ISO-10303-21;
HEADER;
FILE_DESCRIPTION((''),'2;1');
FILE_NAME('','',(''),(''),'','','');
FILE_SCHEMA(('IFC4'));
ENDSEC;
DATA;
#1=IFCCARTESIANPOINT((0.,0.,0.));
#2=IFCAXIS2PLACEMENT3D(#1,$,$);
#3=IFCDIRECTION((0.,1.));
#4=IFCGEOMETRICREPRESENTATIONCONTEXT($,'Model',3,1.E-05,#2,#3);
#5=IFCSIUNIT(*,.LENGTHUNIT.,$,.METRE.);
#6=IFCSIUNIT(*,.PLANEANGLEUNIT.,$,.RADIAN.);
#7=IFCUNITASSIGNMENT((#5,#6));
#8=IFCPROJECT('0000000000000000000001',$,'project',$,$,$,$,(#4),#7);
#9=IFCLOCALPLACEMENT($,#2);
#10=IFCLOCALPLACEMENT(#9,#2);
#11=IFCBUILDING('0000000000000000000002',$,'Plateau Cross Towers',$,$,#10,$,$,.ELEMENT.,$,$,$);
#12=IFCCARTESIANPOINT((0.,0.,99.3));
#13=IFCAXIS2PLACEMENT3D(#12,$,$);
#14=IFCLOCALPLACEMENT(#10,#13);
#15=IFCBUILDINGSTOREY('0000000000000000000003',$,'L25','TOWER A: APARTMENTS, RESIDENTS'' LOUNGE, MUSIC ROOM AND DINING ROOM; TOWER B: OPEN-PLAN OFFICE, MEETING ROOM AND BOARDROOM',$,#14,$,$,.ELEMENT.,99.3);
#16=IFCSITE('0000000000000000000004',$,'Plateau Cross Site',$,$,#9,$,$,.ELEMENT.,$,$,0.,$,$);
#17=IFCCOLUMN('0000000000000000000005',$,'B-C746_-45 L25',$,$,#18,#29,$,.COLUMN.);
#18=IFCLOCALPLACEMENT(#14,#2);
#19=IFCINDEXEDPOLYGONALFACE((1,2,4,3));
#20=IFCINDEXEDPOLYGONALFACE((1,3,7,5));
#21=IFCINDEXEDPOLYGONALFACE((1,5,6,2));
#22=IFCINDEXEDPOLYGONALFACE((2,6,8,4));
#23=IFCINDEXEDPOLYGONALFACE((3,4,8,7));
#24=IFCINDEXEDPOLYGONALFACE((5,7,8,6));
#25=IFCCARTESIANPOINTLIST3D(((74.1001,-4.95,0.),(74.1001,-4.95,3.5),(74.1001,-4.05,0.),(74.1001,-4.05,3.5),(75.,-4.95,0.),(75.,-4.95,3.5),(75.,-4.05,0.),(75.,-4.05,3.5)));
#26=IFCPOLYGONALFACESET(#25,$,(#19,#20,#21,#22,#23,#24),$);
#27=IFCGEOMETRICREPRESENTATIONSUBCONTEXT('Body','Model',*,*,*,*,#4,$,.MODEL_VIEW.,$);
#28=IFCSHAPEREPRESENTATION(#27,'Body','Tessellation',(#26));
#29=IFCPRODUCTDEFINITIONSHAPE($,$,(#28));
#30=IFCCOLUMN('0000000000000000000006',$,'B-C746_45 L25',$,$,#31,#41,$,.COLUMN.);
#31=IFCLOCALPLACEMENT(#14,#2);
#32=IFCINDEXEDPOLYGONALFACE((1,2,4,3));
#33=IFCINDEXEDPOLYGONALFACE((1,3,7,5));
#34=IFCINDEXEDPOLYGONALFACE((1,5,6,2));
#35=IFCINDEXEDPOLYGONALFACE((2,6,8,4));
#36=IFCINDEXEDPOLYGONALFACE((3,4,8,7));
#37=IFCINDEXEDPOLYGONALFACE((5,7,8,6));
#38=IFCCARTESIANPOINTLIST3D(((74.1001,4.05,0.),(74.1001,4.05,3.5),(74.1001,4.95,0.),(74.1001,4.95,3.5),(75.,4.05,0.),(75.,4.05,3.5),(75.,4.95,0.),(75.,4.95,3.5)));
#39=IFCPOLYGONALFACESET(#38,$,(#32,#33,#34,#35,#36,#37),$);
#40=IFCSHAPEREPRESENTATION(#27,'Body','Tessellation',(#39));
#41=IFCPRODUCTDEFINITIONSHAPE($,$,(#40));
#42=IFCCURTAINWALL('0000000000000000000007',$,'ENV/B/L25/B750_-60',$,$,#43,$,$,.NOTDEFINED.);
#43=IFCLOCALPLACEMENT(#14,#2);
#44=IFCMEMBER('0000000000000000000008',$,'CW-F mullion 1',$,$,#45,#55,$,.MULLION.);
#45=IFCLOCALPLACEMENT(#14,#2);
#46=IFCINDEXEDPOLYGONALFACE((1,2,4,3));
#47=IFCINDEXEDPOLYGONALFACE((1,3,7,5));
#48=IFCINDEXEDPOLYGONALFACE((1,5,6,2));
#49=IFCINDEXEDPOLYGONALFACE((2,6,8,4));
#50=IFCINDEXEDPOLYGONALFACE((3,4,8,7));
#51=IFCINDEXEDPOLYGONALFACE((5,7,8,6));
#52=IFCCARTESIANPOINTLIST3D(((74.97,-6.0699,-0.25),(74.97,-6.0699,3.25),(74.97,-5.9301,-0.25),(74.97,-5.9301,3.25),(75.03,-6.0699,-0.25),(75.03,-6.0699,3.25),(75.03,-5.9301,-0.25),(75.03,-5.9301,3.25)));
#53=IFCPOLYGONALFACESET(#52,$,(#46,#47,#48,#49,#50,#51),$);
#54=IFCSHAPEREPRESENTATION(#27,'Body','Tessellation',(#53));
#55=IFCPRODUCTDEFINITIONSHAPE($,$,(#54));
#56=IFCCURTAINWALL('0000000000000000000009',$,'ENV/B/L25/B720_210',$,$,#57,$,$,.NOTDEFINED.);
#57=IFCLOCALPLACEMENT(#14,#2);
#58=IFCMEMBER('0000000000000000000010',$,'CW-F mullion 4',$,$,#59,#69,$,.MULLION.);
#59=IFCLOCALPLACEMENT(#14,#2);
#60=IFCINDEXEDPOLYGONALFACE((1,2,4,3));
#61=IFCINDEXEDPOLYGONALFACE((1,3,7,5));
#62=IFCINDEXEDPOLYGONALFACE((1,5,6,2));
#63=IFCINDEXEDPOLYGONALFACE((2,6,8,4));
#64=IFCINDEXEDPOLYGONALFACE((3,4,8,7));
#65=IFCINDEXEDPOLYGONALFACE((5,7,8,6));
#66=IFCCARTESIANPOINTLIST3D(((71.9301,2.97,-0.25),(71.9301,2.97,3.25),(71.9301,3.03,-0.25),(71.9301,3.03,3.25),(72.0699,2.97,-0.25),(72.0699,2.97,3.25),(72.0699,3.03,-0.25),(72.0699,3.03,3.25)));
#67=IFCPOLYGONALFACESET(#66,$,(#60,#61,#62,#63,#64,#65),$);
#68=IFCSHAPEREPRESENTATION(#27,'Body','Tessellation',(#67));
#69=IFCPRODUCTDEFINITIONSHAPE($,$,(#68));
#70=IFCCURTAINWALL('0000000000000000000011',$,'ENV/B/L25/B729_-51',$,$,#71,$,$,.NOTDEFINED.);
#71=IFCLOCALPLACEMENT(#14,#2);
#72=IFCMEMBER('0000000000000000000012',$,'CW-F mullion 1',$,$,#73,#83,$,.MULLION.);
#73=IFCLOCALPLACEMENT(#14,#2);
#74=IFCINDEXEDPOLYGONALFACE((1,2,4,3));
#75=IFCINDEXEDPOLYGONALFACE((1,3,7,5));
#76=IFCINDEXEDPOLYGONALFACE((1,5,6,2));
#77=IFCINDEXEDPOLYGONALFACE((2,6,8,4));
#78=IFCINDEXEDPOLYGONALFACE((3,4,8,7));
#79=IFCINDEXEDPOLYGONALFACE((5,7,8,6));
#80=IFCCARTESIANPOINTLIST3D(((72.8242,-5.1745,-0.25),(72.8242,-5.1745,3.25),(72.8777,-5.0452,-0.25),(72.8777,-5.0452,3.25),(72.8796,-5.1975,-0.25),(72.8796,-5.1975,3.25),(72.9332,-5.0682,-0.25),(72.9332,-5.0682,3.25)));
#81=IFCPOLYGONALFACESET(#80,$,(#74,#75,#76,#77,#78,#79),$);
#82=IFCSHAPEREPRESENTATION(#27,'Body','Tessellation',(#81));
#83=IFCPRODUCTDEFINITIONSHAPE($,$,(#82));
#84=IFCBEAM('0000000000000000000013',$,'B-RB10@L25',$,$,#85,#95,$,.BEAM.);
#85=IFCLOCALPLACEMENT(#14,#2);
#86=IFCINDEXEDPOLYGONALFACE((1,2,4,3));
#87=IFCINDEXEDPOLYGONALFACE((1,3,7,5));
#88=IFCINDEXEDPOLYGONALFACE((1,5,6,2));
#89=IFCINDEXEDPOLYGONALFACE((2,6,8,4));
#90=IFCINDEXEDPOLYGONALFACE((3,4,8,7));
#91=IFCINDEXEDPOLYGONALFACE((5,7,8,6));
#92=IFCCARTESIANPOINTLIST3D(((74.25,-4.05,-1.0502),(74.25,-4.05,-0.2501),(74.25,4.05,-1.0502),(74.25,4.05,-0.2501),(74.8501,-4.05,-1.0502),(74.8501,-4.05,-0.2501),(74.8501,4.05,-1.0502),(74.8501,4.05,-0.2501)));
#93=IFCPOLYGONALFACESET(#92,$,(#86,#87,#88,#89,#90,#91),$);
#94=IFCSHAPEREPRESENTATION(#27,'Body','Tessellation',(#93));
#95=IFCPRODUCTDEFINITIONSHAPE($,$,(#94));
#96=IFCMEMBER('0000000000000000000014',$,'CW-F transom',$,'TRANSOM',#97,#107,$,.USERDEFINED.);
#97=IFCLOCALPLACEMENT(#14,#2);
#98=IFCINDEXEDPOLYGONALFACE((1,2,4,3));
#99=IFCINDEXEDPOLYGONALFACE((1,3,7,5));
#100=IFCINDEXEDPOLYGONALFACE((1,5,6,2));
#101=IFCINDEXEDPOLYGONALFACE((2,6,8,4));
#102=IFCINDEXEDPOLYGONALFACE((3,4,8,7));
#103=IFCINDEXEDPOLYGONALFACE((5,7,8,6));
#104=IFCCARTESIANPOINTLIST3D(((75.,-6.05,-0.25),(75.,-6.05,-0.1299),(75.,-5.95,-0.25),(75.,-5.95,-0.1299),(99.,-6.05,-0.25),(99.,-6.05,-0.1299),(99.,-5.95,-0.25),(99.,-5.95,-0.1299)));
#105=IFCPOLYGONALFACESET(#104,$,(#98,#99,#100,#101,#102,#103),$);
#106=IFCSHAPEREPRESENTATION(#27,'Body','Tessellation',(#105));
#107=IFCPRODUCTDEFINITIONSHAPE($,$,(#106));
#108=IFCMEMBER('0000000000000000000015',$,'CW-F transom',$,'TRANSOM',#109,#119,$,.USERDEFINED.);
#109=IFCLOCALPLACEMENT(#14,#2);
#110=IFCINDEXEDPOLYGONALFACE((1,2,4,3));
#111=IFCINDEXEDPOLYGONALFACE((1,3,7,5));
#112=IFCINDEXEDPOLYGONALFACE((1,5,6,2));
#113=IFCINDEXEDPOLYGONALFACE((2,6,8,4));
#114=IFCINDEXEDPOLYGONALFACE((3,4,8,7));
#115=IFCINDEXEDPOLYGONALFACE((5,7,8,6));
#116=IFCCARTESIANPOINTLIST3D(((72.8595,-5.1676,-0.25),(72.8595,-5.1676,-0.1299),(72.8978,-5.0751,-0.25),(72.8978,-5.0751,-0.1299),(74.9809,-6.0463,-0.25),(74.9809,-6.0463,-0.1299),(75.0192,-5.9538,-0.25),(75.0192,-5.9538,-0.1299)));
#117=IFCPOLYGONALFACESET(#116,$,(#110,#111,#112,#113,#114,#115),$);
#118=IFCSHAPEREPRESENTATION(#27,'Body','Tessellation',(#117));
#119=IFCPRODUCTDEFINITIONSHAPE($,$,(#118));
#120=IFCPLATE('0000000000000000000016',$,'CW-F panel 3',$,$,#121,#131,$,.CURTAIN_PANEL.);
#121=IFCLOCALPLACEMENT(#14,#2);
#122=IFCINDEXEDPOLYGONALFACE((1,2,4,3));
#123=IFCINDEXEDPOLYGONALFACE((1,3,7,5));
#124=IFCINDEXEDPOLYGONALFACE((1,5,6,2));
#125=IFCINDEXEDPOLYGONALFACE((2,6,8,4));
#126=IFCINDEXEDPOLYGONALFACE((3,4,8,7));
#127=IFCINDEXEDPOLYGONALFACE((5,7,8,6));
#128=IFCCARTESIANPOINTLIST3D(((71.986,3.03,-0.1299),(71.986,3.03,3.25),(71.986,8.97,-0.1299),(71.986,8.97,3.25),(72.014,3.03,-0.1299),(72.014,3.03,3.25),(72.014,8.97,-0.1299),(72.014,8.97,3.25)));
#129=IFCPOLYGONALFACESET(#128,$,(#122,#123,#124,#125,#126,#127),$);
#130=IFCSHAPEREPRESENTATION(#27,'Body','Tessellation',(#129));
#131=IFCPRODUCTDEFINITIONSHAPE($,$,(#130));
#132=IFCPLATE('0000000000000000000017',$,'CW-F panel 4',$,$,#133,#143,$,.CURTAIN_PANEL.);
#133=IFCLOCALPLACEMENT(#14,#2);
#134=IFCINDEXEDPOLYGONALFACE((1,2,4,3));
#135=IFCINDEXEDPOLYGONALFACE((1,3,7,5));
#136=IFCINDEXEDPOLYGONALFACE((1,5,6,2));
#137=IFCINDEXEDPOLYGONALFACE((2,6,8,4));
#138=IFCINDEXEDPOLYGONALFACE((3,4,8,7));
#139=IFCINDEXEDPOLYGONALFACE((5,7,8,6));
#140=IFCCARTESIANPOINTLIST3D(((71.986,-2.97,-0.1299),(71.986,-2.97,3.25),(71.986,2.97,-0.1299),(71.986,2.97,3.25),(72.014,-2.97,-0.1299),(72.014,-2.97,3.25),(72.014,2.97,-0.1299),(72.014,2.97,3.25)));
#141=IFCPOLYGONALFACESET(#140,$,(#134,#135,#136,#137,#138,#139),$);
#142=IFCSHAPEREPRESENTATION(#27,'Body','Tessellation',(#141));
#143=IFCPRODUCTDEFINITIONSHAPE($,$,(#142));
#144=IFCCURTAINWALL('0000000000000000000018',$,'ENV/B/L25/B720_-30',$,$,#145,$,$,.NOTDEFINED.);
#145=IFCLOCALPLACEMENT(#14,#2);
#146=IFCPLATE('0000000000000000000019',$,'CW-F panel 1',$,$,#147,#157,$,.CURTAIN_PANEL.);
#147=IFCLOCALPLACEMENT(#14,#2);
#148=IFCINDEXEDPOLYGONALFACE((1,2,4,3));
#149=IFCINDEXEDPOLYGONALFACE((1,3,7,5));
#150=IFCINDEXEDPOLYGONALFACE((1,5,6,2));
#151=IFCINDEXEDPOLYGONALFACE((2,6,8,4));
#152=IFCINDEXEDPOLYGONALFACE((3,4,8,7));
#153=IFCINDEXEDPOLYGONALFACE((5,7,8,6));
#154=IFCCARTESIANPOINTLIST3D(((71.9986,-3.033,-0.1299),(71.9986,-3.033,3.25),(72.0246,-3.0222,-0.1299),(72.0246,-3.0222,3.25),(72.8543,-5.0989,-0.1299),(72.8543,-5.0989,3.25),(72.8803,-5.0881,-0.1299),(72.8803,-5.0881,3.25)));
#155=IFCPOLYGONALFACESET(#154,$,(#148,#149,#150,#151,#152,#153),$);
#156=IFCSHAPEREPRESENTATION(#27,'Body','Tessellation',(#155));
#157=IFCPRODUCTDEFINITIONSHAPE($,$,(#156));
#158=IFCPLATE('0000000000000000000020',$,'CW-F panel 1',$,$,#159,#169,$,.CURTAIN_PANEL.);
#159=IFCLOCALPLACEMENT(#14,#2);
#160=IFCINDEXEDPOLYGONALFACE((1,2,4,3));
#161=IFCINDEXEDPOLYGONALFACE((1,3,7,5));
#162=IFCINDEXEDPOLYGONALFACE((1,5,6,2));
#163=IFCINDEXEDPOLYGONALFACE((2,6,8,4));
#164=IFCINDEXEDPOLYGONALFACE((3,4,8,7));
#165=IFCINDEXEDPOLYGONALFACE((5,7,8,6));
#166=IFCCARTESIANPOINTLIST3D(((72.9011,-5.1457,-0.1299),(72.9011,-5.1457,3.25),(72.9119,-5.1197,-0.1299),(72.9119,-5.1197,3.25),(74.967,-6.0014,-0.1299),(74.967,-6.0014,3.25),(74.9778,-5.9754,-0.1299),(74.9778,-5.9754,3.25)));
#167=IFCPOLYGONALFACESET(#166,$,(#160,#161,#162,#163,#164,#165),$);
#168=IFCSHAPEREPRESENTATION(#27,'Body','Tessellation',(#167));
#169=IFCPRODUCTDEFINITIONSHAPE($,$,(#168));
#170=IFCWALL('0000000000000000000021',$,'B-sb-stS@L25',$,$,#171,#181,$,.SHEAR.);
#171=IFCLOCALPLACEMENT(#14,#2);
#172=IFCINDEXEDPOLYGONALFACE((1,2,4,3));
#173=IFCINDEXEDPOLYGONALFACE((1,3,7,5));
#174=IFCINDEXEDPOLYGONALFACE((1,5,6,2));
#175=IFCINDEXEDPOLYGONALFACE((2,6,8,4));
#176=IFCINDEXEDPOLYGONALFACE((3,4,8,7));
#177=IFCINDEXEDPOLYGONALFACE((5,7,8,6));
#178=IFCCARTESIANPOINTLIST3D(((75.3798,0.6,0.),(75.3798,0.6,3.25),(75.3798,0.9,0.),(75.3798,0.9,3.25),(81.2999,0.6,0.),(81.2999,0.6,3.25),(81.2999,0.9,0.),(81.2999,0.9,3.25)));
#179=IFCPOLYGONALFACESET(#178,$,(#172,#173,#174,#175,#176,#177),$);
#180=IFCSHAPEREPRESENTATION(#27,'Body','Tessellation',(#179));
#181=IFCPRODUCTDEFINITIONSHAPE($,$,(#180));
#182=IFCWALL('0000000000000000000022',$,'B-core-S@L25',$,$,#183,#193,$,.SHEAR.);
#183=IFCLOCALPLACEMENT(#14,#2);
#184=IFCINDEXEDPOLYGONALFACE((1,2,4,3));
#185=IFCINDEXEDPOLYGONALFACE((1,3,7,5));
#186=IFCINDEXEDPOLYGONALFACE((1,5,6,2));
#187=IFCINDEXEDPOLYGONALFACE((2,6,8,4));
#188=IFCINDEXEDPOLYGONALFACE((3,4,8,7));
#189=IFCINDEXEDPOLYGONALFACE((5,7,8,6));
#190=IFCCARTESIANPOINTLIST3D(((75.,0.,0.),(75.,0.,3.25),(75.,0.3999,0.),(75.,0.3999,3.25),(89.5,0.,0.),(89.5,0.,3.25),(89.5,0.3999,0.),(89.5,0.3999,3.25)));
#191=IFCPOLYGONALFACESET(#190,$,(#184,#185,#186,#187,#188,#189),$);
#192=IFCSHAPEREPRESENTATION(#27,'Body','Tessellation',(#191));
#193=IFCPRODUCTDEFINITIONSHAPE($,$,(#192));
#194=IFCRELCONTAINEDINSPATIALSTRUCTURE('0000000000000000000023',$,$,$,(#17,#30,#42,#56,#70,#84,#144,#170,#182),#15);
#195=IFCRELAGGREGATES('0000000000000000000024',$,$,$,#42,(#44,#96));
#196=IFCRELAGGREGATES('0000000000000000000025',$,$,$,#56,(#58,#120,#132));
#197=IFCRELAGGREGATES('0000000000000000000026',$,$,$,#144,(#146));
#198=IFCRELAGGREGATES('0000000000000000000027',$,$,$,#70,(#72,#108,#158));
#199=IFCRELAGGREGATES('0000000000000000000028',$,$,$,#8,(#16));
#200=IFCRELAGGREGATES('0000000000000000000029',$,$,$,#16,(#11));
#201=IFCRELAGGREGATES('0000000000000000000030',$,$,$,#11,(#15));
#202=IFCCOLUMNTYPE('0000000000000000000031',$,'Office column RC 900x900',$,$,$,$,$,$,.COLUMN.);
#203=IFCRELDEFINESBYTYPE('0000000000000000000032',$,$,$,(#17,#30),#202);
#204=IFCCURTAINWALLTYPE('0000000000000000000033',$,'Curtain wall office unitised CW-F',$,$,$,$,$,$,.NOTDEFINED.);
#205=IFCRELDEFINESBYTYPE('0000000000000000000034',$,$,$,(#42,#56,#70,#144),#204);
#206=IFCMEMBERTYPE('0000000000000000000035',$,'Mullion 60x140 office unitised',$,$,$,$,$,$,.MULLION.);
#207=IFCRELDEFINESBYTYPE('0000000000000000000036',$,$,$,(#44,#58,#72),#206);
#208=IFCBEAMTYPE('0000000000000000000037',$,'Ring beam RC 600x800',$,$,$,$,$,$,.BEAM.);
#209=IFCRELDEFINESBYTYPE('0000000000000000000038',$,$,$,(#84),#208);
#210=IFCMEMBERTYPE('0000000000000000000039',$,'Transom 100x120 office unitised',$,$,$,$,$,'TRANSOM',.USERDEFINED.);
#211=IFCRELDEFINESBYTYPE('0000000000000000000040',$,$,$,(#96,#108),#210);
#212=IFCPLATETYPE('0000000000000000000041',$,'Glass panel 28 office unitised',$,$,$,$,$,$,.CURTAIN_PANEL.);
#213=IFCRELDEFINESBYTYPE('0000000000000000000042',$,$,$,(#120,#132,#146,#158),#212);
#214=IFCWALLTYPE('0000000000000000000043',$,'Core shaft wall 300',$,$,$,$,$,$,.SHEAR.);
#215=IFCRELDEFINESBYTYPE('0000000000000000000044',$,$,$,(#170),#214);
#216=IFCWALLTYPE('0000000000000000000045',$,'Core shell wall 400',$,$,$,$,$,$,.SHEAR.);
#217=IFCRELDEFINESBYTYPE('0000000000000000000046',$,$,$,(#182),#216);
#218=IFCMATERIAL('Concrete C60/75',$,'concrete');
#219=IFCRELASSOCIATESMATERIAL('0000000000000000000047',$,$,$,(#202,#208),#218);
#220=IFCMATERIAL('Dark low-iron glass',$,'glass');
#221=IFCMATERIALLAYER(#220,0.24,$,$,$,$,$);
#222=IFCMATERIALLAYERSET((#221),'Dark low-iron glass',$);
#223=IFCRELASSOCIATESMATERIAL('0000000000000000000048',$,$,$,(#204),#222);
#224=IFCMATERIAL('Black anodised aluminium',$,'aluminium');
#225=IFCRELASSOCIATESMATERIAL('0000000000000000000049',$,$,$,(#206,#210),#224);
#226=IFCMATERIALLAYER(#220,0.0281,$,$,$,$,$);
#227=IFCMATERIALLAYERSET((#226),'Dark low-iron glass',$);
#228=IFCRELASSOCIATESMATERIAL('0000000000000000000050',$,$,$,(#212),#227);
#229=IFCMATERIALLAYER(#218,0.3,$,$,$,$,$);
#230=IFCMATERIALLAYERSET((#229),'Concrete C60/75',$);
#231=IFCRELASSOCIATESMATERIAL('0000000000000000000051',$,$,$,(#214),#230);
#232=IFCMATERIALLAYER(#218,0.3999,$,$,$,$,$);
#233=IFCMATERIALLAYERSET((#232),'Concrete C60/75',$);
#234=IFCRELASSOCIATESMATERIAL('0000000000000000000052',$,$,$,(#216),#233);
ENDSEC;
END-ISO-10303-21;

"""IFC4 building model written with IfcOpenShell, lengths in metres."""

from ifc_helpers import new_model, si_unit, direction, frame, frame_2d, origin, origin_2d, place, context, subcontext, project, spatial, rectangle, extrude, material, layer, layer_set, material_profile, profile_set, type_object, element, aggregate, save


model = new_model("IFC4")

# Units and contexts
model_context = context("Model", 3, precision=1e-05, world=origin(), true_north=direction((0.0, 1.0)))
body_context = subcontext(model_context, "Body", "Model", "MODEL_VIEW")
ifc_project = project(units=[si_unit("LENGTHUNIT", "METRE"), si_unit("PLANEANGLEUNIT", "RADIAN")], contexts=[model_context])

# Site, building, storey
site_placement = place(None, origin())
site = spatial("IfcSite", under=ifc_project, at=site_placement, Name="Plateau Cross Site", CompositionType="ELEMENT", RefElevation=0.0)
building_placement = place(site_placement, origin())
building = spatial("IfcBuilding", under=site, at=building_placement, Name="Plateau Cross Towers", CompositionType="ELEMENT")
storey_placement = place(building_placement, frame((0.0, 0.0, 99.3)))
storey = spatial("IfcBuildingStorey", under=building, at=storey_placement, Name="L25", Description="TOWER A: APARTMENTS, RESIDENTS' LOUNGE, MUSIC ROOM AND DINING ROOM; TOWER B: OPEN-PLAN OFFICE, MEETING ROOM AND BOARDROOM", CompositionType="ELEMENT", Elevation=99.3)

# Columns
ifc_material_1 = material(Name="Concrete C60/75", Category="concrete")
ifc_material_profile_1 = material_profile(ifc_material_1, rectangle(XDim=0.8999, YDim=0.8999, at=origin_2d()), Name="RC 900x900")
ifc_profile_set_1 = profile_set([ifc_material_profile_1], Name="Concrete C60/75")
column_type = type_object("IfcColumnType", Name="Office column RC 900x900", PredefinedType="COLUMN", material=ifc_profile_set_1)
for number, where, z_axis, x_axis, name in (
    (1, (74.55, -4.5, 0.0), (0.0, 0.0, 1.0), (1.0, 0.0, 0.0), "B-C746_-45 L25"),
    (2, (74.55, 4.5, 0.0), (0.0, 0.0, 1.0), (1.0, 0.0, 0.0), "B-C746_45 L25"),
):
    element("IfcColumn", number, at=place(storey_placement, frame(where, z_axis=z_axis, x_axis=x_axis)), inside=storey, type_object=column_type, Name=name, PredefinedType="COLUMN", context=body_context, shape_type="SweptSolid", body=[
        extrude(rectangle(XDim=0.8999, YDim=0.8999, at=origin_2d()), origin(), (0.0, 0.0, 1.0), 3.5),
    ])

# Curtain walls, members
ifc_material_2 = material(Name="Dark low-iron glass", Category="glass")
ifc_layer_1 = layer(ifc_material_2, 0.24)
ifc_layer_set_1 = layer_set([ifc_layer_1], Name="Dark low-iron glass")
curtain_wall_type = type_object("IfcCurtainWallType", Name="Curtain wall office unitised CW-F", PredefinedType="NOTDEFINED", material=ifc_layer_set_1)
curtain_wall_1_placement = place(storey_placement, origin())
curtain_wall_1 = element("IfcCurtainWall", 3, at=curtain_wall_1_placement, inside=storey, type_object=curtain_wall_type, Name="ENV/B/L25/B750_-60", PredefinedType="NOTDEFINED")
ifc_material_3 = material(Name="Black anodised aluminium", Category="aluminium")
ifc_material_profile_2 = material_profile(ifc_material_3, rectangle(XDim=0.0601, YDim=0.1399, at=origin_2d()), Name="MULLION 60x140")
ifc_profile_set_2 = profile_set([ifc_material_profile_2], Name="Black anodised aluminium")
member_type_1 = type_object("IfcMemberType", Name="Mullion 60x140 office unitised", PredefinedType="MULLION", material=ifc_profile_set_2)
member_1_placement = place(storey_placement, frame((75.0, -6.0, -0.25), z_axis=(0.0, 0.0, 1.0), x_axis=(1.0, 0.0, 0.0)))
member_1 = element("IfcMember", 4, at=member_1_placement, type_object=member_type_1, Name="CW-F mullion 1", PredefinedType="MULLION", context=body_context, shape_type="SweptSolid", body=[
    extrude(rectangle(XDim=0.0601, YDim=0.1399, at=origin_2d()), origin(), (0.0, 0.0, 1.0), 3.5),
])
curtain_wall_2_placement = place(storey_placement, origin())
curtain_wall_2 = element("IfcCurtainWall", 5, at=curtain_wall_2_placement, inside=storey, type_object=curtain_wall_type, Name="ENV/B/L25/B720_210", PredefinedType="NOTDEFINED")
member_2_placement = place(storey_placement, frame((72.0, 3.0, -0.25), z_axis=(0.0, 0.0, 1.0), x_axis=(0.0, -1.0, 0.0)))
member_2 = element("IfcMember", 6, at=member_2_placement, type_object=member_type_1, Name="CW-F mullion 4", PredefinedType="MULLION", context=body_context, shape_type="SweptSolid", body=[
    extrude(rectangle(XDim=0.0601, YDim=0.1399, at=origin_2d()), origin(), (0.0, 0.0, 1.0), 3.5),
])
curtain_wall_3_placement = place(storey_placement, origin())
curtain_wall_3 = element("IfcCurtainWall", 7, at=curtain_wall_3_placement, inside=storey, type_object=curtain_wall_type, Name="ENV/B/L25/B729_-51", PredefinedType="NOTDEFINED")
member_3_placement = place(storey_placement, frame((72.8787, -5.1213, -0.25), z_axis=(0.0, 0.0, 1.0), x_axis=(0.923879, -0.382684, 0.0)))
member_3 = element("IfcMember", 8, at=member_3_placement, type_object=member_type_1, Name="CW-F mullion 1", PredefinedType="MULLION", context=body_context, shape_type="SweptSolid", body=[
    extrude(rectangle(XDim=0.0601, YDim=0.1399, at=origin_2d()), origin(), (0.0, 0.0, 1.0), 3.5),
])

# Beam
ifc_material_profile_3 = material_profile(ifc_material_1, rectangle(XDim=0.6001, YDim=0.8, at=origin_2d()), Name="RC 600x800")
ifc_profile_set_3 = profile_set([ifc_material_profile_3], Name="Concrete C60/75")
beam_type = type_object("IfcBeamType", Name="Ring beam RC 600x800", PredefinedType="BEAM", material=ifc_profile_set_3)
beam_placement = place(storey_placement, frame((74.55, 4.05, -0.6501), z_axis=(0.0, -1.0, 0.0), x_axis=(1.0, 0.0, 0.0)))
element("IfcBeam", 9, at=beam_placement, inside=storey, type_object=beam_type, Name="B-RB10@L25", PredefinedType="BEAM", context=body_context, shape_type="SweptSolid", body=[
    extrude(rectangle(XDim=0.6001, YDim=0.8, at=origin_2d()), origin(), (0.0, 0.0, 1.0), 8.1001),
])

# Members
ifc_material_profile_4 = material_profile(ifc_material_3, rectangle(XDim=0.1001, YDim=0.1201, at=origin_2d()), Name="TRANSOM 100x120")
ifc_profile_set_4 = profile_set([ifc_material_profile_4], Name="Black anodised aluminium")
member_type_2 = type_object("IfcMemberType", Name="Transom 100x120 office unitised", ElementType="TRANSOM", PredefinedType="USERDEFINED", material=ifc_profile_set_4)
member_4_placement = place(storey_placement, frame((75.0, -6.0, -0.1899), z_axis=(1.0, 0.0, 0.0), x_axis=(0.0, 1.0, 0.0)))
member_4 = element("IfcMember", 10, at=member_4_placement, type_object=member_type_2, Name="CW-F transom", ObjectType="TRANSOM", PredefinedType="USERDEFINED", context=body_context, shape_type="SweptSolid", body=[
    extrude(rectangle(XDim=0.1001, YDim=0.1201, at=origin_2d()), origin(), (0.0, 0.0, 1.0), 24.0),
])
aggregate(curtain_wall_1, [member_1, member_4])
member_5_placement = place(storey_placement, frame((72.8787, -5.1213, -0.1899), z_axis=(0.923883, -0.382674, 0.0), x_axis=(0.382674, 0.923883, 0.0)))
member_5 = element("IfcMember", 11, at=member_5_placement, type_object=member_type_2, Name="CW-F transom", ObjectType="TRANSOM", PredefinedType="USERDEFINED", context=body_context, shape_type="SweptSolid", body=[
    extrude(rectangle(XDim=0.1001, YDim=0.1201, at=origin_2d()), origin(), (0.0, 0.0, 1.0), 2.2961),
])

# Plates
ifc_layer_2 = layer(ifc_material_2, 0.0281)
ifc_layer_set_2 = layer_set([ifc_layer_2], Name="Dark low-iron glass")
plate_type = type_object("IfcPlateType", Name="Glass panel 28 office unitised", PredefinedType="CURTAIN_PANEL", material=ifc_layer_set_2)
plate_1_placement = place(storey_placement, frame((72.0, 6.0, -0.1299), z_axis=(0.0, 0.0, 1.0), x_axis=(0.0, -1.0, 0.0)))
plate_1 = element("IfcPlate", 12, at=plate_1_placement, type_object=plate_type, Name="CW-F panel 3", PredefinedType="CURTAIN_PANEL", context=body_context, shape_type="SweptSolid", body=[
    extrude(rectangle(XDim=5.9399, YDim=0.0281, at=origin_2d()), origin(), (0.0, 0.0, 1.0), 3.3799),
])
plate_2_placement = place(storey_placement, frame((72.0, 0.0, -0.1299), z_axis=(0.0, 0.0, 1.0), x_axis=(0.0, -1.0, 0.0)))
plate_2 = element("IfcPlate", 13, at=plate_2_placement, type_object=plate_type, Name="CW-F panel 4", PredefinedType="CURTAIN_PANEL", context=body_context, shape_type="SweptSolid", body=[
    extrude(rectangle(XDim=5.9399, YDim=0.0281, at=origin_2d()), origin(), (0.0, 0.0, 1.0), 3.3799),
])
aggregate(curtain_wall_2, [member_2, plate_1, plate_2])

# Curtain wall, plate
curtain_wall_4_placement = place(storey_placement, origin())
curtain_wall_4 = element("IfcCurtainWall", 14, at=curtain_wall_4_placement, inside=storey, type_object=curtain_wall_type, Name="ENV/B/L25/B720_-30", PredefinedType="NOTDEFINED")
plate_3_placement = place(storey_placement, frame((72.4395, -4.0605, -0.1299), z_axis=(0.0, 0.0, 1.0), x_axis=(0.382684, -0.923879, 0.0)))
plate_3 = element("IfcPlate", 15, at=plate_3_placement, type_object=plate_type, Name="CW-F panel 1", PredefinedType="CURTAIN_PANEL", context=body_context, shape_type="SweptSolid", body=[
    extrude(rectangle(XDim=2.2361, YDim=0.0281, at=origin_2d()), origin(), (0.0, 0.0, 1.0), 3.3799),
])
aggregate(curtain_wall_4, [plate_3])

# Plate
plate_4_placement = place(storey_placement, frame((73.9395, -5.5605, -0.1299), z_axis=(0.0, 0.0, 1.0), x_axis=(0.923879, -0.382684, 0.0)))
plate_4 = element("IfcPlate", 16, at=plate_4_placement, type_object=plate_type, Name="CW-F panel 1", PredefinedType="CURTAIN_PANEL", context=body_context, shape_type="SweptSolid", body=[
    extrude(rectangle(XDim=2.2361, YDim=0.0281, at=origin_2d()), origin(), (0.0, 0.0, 1.0), 3.3799),
])
aggregate(curtain_wall_3, [member_3, member_5, plate_4])

# Walls
ifc_layer_3 = layer(ifc_material_1, 0.3)
ifc_layer_set_3 = layer_set([ifc_layer_3], Name="Concrete C60/75")
wall_type_1 = type_object("IfcWallType", Name="Core shaft wall 300", PredefinedType="SHEAR", material=ifc_layer_set_3)
wall_1_placement = place(storey_placement, frame((75.3799, 0.75, 0.0), z_axis=(0.0, 0.0, 1.0), x_axis=(1.0, 0.0, 0.0)))
element("IfcWall", 17, at=wall_1_placement, inside=storey, type_object=wall_type_1, Name="B-sb-stS@L25", PredefinedType="SHEAR", context=body_context, shape_type="SweptSolid", body=[
    extrude(rectangle(XDim=5.9202, YDim=0.3, at=frame_2d((2.96, 0.0))), origin(), (0.0, 0.0, 1.0), 3.25),
])
ifc_layer_4 = layer(ifc_material_1, 0.3999)
ifc_layer_set_4 = layer_set([ifc_layer_4], Name="Concrete C60/75")
wall_type_2 = type_object("IfcWallType", Name="Core shell wall 400", PredefinedType="SHEAR", material=ifc_layer_set_4)
wall_2_placement = place(storey_placement, frame((75.0, 0.2, 0.0), z_axis=(0.0, 0.0, 1.0), x_axis=(1.0, 0.0, 0.0)))
element("IfcWall", 18, at=wall_2_placement, inside=storey, type_object=wall_type_2, Name="B-core-S@L25", PredefinedType="SHEAR", context=body_context, shape_type="SweptSolid", body=[
    extrude(rectangle(XDim=14.5, YDim=0.3999, at=frame_2d((7.25, 0.0))), origin(), (0.0, 0.0, 1.0), 3.25),
])

save(model, "model.ifc")
